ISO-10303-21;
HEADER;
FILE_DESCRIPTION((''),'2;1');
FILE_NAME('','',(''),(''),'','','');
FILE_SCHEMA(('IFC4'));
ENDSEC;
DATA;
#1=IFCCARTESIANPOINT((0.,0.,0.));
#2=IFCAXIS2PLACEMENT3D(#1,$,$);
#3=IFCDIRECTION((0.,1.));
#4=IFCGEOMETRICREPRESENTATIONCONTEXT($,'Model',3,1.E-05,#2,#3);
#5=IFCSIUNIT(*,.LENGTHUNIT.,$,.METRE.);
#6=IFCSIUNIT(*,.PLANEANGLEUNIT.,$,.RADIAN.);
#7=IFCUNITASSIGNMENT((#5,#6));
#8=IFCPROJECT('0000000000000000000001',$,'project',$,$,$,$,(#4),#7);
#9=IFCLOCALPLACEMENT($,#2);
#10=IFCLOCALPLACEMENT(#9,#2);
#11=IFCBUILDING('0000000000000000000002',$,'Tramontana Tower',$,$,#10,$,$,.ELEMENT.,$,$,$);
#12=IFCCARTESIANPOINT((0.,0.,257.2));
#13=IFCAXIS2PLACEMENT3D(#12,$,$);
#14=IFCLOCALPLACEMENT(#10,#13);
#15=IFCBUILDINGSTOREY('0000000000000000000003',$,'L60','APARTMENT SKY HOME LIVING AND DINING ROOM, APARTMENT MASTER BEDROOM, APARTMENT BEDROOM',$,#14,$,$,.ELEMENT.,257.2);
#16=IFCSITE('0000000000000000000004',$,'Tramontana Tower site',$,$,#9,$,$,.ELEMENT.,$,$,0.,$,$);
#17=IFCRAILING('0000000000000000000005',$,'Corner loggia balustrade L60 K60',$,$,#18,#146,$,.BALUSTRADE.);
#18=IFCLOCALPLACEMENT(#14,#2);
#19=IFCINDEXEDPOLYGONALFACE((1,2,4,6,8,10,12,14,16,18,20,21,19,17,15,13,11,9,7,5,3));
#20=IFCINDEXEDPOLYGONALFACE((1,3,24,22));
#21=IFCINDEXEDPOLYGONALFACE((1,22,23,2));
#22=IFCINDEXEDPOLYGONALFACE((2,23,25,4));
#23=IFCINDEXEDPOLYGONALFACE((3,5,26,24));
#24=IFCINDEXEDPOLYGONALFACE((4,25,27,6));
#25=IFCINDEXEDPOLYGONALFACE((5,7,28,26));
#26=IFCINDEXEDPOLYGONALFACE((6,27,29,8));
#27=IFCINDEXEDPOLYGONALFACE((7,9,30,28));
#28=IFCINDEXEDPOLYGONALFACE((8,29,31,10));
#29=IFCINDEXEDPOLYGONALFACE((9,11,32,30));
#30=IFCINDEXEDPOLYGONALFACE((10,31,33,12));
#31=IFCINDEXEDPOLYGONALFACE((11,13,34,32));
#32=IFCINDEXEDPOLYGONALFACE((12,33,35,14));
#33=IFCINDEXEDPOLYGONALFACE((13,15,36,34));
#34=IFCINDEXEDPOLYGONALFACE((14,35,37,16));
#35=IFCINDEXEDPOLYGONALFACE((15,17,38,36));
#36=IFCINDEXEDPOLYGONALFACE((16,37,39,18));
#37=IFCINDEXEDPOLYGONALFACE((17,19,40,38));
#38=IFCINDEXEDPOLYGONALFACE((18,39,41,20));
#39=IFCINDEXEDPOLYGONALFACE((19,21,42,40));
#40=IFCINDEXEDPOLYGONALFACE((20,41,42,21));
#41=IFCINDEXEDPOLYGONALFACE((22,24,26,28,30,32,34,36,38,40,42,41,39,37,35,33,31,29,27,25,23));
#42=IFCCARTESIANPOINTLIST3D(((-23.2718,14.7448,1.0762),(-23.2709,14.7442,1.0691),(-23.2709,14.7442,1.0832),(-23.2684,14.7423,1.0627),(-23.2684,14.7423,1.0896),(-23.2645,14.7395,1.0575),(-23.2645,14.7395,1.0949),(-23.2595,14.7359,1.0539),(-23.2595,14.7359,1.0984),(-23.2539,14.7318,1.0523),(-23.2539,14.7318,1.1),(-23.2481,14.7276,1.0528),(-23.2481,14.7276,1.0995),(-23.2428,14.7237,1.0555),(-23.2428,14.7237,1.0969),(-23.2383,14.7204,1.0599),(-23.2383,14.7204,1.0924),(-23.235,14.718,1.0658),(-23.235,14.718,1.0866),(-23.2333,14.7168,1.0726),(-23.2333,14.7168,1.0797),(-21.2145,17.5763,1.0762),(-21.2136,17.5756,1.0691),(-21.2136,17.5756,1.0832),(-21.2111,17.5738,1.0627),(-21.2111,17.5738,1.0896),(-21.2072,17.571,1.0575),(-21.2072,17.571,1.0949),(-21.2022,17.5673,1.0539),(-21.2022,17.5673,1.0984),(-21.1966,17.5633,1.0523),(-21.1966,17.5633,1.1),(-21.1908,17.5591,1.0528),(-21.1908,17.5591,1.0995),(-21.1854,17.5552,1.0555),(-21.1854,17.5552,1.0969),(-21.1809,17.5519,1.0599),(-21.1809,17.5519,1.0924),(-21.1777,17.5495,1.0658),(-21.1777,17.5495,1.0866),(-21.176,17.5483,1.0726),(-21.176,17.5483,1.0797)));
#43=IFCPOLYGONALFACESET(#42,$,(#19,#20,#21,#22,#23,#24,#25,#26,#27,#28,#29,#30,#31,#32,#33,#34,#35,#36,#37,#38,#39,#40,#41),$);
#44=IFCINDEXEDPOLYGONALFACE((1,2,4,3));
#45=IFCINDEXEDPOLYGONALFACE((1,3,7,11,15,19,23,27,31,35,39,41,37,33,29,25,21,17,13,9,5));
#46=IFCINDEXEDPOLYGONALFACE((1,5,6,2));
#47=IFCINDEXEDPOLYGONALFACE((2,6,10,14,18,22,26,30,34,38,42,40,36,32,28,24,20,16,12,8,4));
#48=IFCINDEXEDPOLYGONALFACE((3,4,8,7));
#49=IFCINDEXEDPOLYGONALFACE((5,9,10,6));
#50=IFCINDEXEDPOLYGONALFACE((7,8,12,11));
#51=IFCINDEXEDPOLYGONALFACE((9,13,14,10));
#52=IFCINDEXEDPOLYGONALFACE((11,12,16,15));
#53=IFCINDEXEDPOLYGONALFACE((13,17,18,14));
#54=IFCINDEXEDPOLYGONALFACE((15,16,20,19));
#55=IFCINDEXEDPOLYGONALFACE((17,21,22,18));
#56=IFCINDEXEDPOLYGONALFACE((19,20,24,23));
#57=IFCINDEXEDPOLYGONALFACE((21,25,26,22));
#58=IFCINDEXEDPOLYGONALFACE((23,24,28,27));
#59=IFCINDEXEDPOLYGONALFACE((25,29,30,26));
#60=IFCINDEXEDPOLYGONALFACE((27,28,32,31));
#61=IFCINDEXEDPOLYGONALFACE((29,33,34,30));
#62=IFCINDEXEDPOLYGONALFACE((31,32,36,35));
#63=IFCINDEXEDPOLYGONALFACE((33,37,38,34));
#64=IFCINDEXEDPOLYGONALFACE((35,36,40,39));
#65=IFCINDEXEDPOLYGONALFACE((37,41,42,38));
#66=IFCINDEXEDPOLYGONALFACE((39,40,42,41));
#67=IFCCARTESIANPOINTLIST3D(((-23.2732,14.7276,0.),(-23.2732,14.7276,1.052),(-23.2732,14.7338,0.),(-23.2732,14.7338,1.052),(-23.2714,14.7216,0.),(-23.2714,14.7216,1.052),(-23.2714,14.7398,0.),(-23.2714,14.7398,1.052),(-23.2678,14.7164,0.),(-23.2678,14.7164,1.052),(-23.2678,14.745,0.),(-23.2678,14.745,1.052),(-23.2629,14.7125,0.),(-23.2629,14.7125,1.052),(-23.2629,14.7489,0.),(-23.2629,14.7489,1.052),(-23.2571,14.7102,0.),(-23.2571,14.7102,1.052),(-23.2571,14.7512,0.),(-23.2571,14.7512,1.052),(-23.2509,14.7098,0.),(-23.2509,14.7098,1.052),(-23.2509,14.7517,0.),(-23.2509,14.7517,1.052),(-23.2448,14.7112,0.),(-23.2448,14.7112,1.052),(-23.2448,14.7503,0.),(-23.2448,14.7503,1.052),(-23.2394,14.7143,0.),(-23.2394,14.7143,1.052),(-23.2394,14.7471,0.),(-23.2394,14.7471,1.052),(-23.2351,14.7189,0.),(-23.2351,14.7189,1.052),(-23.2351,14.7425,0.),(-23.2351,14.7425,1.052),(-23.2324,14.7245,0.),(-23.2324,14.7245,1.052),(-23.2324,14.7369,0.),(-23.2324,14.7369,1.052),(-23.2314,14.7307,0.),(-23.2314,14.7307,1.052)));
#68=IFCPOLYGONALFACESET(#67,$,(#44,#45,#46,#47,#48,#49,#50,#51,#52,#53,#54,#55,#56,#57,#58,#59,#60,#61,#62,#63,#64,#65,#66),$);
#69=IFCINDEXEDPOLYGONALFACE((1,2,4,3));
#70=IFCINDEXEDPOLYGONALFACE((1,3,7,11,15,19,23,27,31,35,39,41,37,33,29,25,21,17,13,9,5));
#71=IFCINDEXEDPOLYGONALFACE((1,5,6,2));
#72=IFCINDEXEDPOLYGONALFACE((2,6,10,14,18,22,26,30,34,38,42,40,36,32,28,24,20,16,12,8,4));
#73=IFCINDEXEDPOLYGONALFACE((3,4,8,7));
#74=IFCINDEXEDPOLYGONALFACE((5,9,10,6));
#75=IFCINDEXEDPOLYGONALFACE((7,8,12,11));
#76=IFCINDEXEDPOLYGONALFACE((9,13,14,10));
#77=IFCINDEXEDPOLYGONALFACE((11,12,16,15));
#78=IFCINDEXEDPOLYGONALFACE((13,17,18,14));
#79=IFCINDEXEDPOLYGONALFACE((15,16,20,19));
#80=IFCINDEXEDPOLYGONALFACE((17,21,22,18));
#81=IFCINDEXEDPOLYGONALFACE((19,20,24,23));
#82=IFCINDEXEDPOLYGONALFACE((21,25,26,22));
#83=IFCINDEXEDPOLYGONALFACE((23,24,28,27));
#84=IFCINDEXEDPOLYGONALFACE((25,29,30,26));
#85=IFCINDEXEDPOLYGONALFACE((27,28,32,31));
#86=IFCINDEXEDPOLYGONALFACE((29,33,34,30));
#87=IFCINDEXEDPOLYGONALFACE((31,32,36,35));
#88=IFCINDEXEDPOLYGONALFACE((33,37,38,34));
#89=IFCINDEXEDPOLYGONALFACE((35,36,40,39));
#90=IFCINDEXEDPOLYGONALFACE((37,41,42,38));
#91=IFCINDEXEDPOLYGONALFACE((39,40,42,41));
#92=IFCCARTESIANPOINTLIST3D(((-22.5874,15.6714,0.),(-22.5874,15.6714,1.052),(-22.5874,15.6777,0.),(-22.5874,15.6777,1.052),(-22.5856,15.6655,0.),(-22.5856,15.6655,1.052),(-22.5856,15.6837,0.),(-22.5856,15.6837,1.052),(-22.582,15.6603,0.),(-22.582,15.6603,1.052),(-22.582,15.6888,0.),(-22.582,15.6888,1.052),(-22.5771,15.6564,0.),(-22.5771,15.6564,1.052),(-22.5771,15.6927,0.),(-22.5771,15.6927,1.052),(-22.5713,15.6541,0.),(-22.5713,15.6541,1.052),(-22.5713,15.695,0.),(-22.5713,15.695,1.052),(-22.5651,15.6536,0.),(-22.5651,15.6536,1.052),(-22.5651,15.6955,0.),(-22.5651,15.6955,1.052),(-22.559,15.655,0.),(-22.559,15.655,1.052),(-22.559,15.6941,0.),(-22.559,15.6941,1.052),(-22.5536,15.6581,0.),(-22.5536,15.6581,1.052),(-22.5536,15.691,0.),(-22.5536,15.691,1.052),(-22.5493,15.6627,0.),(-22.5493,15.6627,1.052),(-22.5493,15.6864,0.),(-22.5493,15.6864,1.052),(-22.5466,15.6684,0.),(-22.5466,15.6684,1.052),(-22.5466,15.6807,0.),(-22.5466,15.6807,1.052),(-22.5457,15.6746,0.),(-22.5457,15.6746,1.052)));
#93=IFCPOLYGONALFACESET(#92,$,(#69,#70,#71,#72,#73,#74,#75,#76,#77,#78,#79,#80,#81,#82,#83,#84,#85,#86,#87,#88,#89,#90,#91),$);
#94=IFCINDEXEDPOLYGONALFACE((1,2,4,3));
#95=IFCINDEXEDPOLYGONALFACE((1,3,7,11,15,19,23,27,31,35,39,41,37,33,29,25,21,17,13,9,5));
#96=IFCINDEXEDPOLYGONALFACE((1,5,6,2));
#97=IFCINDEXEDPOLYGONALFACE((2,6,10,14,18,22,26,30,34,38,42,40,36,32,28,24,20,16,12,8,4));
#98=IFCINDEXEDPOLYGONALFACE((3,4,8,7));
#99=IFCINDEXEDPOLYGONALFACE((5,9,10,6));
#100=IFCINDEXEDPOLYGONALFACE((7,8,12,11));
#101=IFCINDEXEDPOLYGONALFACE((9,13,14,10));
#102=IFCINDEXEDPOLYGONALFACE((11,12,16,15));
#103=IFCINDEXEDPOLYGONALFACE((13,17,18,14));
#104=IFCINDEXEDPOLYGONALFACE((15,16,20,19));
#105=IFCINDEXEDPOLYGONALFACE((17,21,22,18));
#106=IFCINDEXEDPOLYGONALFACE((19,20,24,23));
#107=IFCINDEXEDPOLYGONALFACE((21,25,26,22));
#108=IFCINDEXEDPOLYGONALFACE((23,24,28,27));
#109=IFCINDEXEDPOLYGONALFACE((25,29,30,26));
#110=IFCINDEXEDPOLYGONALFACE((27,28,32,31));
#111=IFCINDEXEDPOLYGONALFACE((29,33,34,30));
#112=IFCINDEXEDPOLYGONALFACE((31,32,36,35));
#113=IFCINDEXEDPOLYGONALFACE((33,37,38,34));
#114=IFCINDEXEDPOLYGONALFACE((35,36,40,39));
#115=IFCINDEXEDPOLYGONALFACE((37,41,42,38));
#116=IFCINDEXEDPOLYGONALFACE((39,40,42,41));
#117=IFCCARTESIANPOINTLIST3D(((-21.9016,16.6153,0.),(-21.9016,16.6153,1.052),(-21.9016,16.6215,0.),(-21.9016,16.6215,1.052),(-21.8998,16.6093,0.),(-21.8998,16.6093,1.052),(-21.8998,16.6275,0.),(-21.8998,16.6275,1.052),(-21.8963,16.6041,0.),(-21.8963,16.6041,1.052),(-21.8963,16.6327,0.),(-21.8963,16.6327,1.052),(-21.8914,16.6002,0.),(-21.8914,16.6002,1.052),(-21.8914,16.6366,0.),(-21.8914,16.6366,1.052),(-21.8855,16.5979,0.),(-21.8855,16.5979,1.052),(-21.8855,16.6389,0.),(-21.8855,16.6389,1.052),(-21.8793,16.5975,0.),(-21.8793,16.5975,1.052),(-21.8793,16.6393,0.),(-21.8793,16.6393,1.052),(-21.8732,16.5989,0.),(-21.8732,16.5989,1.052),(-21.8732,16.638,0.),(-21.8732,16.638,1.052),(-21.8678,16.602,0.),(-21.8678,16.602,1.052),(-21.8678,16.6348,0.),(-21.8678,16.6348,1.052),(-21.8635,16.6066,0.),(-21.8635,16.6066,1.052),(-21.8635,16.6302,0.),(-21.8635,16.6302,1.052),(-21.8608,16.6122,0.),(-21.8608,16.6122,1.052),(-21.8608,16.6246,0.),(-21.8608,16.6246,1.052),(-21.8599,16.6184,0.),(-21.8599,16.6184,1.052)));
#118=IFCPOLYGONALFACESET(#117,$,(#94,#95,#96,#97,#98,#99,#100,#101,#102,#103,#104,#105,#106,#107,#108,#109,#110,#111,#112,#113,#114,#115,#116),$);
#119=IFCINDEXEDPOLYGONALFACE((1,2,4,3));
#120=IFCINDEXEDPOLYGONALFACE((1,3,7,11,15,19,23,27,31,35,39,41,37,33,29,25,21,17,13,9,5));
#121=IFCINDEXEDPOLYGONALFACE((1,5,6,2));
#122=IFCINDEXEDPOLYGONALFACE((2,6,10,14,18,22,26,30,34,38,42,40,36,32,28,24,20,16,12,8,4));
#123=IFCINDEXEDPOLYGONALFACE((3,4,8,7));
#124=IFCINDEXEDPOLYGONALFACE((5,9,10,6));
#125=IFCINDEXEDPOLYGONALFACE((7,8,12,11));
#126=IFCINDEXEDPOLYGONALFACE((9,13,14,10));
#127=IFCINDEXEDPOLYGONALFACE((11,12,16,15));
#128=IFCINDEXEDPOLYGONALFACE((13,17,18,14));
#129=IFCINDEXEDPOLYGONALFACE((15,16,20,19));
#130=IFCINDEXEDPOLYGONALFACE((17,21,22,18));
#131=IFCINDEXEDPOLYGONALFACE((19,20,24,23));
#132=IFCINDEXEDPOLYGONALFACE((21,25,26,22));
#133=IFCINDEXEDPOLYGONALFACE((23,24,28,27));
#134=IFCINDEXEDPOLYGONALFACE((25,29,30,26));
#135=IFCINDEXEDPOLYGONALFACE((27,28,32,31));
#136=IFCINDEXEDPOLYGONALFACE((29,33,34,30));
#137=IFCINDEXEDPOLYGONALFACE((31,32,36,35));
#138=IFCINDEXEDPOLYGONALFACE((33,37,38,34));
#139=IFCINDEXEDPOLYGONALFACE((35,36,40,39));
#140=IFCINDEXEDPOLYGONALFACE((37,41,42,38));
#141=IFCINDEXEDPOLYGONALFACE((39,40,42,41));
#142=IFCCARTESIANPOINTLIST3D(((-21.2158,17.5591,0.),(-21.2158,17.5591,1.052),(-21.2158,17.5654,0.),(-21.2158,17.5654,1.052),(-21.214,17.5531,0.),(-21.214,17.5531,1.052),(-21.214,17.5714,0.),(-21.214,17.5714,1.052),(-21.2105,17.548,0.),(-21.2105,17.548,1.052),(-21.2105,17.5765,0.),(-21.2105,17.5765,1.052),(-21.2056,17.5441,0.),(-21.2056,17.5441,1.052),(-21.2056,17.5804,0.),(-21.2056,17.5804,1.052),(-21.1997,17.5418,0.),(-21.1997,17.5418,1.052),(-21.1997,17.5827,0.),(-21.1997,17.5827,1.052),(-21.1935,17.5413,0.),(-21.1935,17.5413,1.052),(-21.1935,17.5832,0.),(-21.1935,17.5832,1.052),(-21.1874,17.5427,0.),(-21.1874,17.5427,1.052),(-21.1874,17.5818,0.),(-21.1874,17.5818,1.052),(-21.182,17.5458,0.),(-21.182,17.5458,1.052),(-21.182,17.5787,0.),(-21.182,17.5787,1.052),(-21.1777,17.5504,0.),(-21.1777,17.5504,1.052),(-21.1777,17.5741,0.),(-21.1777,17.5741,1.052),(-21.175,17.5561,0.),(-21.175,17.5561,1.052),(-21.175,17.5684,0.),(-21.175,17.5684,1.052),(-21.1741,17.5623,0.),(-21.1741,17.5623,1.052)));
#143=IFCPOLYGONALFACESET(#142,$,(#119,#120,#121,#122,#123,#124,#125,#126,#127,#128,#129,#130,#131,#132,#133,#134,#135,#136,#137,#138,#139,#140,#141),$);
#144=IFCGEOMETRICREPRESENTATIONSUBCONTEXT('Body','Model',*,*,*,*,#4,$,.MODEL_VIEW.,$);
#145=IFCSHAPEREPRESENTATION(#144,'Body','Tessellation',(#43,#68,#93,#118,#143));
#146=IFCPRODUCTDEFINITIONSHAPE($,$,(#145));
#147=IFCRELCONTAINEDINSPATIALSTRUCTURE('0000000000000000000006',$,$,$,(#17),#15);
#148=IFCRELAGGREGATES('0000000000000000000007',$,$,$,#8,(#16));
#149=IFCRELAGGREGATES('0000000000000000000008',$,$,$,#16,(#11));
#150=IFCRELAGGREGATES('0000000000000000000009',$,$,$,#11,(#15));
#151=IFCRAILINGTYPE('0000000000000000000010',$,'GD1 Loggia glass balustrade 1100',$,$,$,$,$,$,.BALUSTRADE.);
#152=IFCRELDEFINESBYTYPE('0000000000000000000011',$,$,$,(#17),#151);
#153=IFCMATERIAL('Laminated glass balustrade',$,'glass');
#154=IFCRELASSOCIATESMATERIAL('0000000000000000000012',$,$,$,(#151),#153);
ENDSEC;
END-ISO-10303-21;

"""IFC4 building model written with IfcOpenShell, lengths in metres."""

from ifc_helpers import new_model, si_unit, direction, frame, origin, origin_2d, place, context, subcontext, project, spatial, circle, extrude, material, type_object, element, save


model = new_model("IFC4")

# Units and contexts
model_context = context("Model", 3, precision=1e-05, world=origin(), true_north=direction((0.0, 1.0)))
body_context = subcontext(model_context, "Body", "Model", "MODEL_VIEW")
ifc_project = project(units=[si_unit("LENGTHUNIT", "METRE"), si_unit("PLANEANGLEUNIT", "RADIAN")], contexts=[model_context])

# Site, building, storey
site_placement = place(None, origin())
site = spatial("IfcSite", under=ifc_project, at=site_placement, Name="Tramontana Tower site", CompositionType="ELEMENT", RefElevation=0.0)
building_placement = place(site_placement, origin())
building = spatial("IfcBuilding", under=site, at=building_placement, Name="Tramontana Tower", CompositionType="ELEMENT")
storey_placement = place(building_placement, frame((0.0, 0.0, 257.2)))
storey = spatial("IfcBuildingStorey", under=building, at=storey_placement, Name="L60", Description="APARTMENT SKY HOME LIVING AND DINING ROOM, APARTMENT MASTER BEDROOM, APARTMENT BEDROOM", CompositionType="ELEMENT", Elevation=257.2)

# Railing
ifc_material_1 = material(Name="Laminated glass balustrade", Category="glass")
railing_type = type_object("IfcRailingType", Name="GD1 Loggia glass balustrade 1100", PredefinedType="BALUSTRADE", material=ifc_material_1)
railing_1_placement = place(storey_placement, frame((-23.2524, 14.7307, 0.0)))
element("IfcRailing", 1, at=railing_1_placement, inside=storey, type_object=railing_type, Name="Corner loggia balustrade L60 K60", PredefinedType="BALUSTRADE", context=body_context, shape_type="SweptSolid", body=[
    extrude(circle(Radius=0.0239, at=origin_2d()), frame((0.0, 0.0, 1.0762), z_axis=(0.587811, 0.808998, 0.0), x_axis=(-0.808998, 0.587811, 0.0)), (0.0, 0.0, 1.0), 3.5),
    extrude(circle(Radius=0.021, at=origin_2d()), origin(), (0.0, 0.0, 1.0), 1.052),
    extrude(circle(Radius=0.021, at=origin_2d()), frame((0.6858, 0.9438, 0.0)), (0.0, 0.0, 1.0), 1.052),
    extrude(circle(Radius=0.021, at=origin_2d()), frame((1.3716, 1.8877, 0.0)), (0.0, 0.0, 1.0), 1.052),
    extrude(circle(Radius=0.021, at=origin_2d()), frame((2.0574, 2.8315, 0.0)), (0.0, 0.0, 1.0), 1.052),
])

save(model, "model.ifc")
